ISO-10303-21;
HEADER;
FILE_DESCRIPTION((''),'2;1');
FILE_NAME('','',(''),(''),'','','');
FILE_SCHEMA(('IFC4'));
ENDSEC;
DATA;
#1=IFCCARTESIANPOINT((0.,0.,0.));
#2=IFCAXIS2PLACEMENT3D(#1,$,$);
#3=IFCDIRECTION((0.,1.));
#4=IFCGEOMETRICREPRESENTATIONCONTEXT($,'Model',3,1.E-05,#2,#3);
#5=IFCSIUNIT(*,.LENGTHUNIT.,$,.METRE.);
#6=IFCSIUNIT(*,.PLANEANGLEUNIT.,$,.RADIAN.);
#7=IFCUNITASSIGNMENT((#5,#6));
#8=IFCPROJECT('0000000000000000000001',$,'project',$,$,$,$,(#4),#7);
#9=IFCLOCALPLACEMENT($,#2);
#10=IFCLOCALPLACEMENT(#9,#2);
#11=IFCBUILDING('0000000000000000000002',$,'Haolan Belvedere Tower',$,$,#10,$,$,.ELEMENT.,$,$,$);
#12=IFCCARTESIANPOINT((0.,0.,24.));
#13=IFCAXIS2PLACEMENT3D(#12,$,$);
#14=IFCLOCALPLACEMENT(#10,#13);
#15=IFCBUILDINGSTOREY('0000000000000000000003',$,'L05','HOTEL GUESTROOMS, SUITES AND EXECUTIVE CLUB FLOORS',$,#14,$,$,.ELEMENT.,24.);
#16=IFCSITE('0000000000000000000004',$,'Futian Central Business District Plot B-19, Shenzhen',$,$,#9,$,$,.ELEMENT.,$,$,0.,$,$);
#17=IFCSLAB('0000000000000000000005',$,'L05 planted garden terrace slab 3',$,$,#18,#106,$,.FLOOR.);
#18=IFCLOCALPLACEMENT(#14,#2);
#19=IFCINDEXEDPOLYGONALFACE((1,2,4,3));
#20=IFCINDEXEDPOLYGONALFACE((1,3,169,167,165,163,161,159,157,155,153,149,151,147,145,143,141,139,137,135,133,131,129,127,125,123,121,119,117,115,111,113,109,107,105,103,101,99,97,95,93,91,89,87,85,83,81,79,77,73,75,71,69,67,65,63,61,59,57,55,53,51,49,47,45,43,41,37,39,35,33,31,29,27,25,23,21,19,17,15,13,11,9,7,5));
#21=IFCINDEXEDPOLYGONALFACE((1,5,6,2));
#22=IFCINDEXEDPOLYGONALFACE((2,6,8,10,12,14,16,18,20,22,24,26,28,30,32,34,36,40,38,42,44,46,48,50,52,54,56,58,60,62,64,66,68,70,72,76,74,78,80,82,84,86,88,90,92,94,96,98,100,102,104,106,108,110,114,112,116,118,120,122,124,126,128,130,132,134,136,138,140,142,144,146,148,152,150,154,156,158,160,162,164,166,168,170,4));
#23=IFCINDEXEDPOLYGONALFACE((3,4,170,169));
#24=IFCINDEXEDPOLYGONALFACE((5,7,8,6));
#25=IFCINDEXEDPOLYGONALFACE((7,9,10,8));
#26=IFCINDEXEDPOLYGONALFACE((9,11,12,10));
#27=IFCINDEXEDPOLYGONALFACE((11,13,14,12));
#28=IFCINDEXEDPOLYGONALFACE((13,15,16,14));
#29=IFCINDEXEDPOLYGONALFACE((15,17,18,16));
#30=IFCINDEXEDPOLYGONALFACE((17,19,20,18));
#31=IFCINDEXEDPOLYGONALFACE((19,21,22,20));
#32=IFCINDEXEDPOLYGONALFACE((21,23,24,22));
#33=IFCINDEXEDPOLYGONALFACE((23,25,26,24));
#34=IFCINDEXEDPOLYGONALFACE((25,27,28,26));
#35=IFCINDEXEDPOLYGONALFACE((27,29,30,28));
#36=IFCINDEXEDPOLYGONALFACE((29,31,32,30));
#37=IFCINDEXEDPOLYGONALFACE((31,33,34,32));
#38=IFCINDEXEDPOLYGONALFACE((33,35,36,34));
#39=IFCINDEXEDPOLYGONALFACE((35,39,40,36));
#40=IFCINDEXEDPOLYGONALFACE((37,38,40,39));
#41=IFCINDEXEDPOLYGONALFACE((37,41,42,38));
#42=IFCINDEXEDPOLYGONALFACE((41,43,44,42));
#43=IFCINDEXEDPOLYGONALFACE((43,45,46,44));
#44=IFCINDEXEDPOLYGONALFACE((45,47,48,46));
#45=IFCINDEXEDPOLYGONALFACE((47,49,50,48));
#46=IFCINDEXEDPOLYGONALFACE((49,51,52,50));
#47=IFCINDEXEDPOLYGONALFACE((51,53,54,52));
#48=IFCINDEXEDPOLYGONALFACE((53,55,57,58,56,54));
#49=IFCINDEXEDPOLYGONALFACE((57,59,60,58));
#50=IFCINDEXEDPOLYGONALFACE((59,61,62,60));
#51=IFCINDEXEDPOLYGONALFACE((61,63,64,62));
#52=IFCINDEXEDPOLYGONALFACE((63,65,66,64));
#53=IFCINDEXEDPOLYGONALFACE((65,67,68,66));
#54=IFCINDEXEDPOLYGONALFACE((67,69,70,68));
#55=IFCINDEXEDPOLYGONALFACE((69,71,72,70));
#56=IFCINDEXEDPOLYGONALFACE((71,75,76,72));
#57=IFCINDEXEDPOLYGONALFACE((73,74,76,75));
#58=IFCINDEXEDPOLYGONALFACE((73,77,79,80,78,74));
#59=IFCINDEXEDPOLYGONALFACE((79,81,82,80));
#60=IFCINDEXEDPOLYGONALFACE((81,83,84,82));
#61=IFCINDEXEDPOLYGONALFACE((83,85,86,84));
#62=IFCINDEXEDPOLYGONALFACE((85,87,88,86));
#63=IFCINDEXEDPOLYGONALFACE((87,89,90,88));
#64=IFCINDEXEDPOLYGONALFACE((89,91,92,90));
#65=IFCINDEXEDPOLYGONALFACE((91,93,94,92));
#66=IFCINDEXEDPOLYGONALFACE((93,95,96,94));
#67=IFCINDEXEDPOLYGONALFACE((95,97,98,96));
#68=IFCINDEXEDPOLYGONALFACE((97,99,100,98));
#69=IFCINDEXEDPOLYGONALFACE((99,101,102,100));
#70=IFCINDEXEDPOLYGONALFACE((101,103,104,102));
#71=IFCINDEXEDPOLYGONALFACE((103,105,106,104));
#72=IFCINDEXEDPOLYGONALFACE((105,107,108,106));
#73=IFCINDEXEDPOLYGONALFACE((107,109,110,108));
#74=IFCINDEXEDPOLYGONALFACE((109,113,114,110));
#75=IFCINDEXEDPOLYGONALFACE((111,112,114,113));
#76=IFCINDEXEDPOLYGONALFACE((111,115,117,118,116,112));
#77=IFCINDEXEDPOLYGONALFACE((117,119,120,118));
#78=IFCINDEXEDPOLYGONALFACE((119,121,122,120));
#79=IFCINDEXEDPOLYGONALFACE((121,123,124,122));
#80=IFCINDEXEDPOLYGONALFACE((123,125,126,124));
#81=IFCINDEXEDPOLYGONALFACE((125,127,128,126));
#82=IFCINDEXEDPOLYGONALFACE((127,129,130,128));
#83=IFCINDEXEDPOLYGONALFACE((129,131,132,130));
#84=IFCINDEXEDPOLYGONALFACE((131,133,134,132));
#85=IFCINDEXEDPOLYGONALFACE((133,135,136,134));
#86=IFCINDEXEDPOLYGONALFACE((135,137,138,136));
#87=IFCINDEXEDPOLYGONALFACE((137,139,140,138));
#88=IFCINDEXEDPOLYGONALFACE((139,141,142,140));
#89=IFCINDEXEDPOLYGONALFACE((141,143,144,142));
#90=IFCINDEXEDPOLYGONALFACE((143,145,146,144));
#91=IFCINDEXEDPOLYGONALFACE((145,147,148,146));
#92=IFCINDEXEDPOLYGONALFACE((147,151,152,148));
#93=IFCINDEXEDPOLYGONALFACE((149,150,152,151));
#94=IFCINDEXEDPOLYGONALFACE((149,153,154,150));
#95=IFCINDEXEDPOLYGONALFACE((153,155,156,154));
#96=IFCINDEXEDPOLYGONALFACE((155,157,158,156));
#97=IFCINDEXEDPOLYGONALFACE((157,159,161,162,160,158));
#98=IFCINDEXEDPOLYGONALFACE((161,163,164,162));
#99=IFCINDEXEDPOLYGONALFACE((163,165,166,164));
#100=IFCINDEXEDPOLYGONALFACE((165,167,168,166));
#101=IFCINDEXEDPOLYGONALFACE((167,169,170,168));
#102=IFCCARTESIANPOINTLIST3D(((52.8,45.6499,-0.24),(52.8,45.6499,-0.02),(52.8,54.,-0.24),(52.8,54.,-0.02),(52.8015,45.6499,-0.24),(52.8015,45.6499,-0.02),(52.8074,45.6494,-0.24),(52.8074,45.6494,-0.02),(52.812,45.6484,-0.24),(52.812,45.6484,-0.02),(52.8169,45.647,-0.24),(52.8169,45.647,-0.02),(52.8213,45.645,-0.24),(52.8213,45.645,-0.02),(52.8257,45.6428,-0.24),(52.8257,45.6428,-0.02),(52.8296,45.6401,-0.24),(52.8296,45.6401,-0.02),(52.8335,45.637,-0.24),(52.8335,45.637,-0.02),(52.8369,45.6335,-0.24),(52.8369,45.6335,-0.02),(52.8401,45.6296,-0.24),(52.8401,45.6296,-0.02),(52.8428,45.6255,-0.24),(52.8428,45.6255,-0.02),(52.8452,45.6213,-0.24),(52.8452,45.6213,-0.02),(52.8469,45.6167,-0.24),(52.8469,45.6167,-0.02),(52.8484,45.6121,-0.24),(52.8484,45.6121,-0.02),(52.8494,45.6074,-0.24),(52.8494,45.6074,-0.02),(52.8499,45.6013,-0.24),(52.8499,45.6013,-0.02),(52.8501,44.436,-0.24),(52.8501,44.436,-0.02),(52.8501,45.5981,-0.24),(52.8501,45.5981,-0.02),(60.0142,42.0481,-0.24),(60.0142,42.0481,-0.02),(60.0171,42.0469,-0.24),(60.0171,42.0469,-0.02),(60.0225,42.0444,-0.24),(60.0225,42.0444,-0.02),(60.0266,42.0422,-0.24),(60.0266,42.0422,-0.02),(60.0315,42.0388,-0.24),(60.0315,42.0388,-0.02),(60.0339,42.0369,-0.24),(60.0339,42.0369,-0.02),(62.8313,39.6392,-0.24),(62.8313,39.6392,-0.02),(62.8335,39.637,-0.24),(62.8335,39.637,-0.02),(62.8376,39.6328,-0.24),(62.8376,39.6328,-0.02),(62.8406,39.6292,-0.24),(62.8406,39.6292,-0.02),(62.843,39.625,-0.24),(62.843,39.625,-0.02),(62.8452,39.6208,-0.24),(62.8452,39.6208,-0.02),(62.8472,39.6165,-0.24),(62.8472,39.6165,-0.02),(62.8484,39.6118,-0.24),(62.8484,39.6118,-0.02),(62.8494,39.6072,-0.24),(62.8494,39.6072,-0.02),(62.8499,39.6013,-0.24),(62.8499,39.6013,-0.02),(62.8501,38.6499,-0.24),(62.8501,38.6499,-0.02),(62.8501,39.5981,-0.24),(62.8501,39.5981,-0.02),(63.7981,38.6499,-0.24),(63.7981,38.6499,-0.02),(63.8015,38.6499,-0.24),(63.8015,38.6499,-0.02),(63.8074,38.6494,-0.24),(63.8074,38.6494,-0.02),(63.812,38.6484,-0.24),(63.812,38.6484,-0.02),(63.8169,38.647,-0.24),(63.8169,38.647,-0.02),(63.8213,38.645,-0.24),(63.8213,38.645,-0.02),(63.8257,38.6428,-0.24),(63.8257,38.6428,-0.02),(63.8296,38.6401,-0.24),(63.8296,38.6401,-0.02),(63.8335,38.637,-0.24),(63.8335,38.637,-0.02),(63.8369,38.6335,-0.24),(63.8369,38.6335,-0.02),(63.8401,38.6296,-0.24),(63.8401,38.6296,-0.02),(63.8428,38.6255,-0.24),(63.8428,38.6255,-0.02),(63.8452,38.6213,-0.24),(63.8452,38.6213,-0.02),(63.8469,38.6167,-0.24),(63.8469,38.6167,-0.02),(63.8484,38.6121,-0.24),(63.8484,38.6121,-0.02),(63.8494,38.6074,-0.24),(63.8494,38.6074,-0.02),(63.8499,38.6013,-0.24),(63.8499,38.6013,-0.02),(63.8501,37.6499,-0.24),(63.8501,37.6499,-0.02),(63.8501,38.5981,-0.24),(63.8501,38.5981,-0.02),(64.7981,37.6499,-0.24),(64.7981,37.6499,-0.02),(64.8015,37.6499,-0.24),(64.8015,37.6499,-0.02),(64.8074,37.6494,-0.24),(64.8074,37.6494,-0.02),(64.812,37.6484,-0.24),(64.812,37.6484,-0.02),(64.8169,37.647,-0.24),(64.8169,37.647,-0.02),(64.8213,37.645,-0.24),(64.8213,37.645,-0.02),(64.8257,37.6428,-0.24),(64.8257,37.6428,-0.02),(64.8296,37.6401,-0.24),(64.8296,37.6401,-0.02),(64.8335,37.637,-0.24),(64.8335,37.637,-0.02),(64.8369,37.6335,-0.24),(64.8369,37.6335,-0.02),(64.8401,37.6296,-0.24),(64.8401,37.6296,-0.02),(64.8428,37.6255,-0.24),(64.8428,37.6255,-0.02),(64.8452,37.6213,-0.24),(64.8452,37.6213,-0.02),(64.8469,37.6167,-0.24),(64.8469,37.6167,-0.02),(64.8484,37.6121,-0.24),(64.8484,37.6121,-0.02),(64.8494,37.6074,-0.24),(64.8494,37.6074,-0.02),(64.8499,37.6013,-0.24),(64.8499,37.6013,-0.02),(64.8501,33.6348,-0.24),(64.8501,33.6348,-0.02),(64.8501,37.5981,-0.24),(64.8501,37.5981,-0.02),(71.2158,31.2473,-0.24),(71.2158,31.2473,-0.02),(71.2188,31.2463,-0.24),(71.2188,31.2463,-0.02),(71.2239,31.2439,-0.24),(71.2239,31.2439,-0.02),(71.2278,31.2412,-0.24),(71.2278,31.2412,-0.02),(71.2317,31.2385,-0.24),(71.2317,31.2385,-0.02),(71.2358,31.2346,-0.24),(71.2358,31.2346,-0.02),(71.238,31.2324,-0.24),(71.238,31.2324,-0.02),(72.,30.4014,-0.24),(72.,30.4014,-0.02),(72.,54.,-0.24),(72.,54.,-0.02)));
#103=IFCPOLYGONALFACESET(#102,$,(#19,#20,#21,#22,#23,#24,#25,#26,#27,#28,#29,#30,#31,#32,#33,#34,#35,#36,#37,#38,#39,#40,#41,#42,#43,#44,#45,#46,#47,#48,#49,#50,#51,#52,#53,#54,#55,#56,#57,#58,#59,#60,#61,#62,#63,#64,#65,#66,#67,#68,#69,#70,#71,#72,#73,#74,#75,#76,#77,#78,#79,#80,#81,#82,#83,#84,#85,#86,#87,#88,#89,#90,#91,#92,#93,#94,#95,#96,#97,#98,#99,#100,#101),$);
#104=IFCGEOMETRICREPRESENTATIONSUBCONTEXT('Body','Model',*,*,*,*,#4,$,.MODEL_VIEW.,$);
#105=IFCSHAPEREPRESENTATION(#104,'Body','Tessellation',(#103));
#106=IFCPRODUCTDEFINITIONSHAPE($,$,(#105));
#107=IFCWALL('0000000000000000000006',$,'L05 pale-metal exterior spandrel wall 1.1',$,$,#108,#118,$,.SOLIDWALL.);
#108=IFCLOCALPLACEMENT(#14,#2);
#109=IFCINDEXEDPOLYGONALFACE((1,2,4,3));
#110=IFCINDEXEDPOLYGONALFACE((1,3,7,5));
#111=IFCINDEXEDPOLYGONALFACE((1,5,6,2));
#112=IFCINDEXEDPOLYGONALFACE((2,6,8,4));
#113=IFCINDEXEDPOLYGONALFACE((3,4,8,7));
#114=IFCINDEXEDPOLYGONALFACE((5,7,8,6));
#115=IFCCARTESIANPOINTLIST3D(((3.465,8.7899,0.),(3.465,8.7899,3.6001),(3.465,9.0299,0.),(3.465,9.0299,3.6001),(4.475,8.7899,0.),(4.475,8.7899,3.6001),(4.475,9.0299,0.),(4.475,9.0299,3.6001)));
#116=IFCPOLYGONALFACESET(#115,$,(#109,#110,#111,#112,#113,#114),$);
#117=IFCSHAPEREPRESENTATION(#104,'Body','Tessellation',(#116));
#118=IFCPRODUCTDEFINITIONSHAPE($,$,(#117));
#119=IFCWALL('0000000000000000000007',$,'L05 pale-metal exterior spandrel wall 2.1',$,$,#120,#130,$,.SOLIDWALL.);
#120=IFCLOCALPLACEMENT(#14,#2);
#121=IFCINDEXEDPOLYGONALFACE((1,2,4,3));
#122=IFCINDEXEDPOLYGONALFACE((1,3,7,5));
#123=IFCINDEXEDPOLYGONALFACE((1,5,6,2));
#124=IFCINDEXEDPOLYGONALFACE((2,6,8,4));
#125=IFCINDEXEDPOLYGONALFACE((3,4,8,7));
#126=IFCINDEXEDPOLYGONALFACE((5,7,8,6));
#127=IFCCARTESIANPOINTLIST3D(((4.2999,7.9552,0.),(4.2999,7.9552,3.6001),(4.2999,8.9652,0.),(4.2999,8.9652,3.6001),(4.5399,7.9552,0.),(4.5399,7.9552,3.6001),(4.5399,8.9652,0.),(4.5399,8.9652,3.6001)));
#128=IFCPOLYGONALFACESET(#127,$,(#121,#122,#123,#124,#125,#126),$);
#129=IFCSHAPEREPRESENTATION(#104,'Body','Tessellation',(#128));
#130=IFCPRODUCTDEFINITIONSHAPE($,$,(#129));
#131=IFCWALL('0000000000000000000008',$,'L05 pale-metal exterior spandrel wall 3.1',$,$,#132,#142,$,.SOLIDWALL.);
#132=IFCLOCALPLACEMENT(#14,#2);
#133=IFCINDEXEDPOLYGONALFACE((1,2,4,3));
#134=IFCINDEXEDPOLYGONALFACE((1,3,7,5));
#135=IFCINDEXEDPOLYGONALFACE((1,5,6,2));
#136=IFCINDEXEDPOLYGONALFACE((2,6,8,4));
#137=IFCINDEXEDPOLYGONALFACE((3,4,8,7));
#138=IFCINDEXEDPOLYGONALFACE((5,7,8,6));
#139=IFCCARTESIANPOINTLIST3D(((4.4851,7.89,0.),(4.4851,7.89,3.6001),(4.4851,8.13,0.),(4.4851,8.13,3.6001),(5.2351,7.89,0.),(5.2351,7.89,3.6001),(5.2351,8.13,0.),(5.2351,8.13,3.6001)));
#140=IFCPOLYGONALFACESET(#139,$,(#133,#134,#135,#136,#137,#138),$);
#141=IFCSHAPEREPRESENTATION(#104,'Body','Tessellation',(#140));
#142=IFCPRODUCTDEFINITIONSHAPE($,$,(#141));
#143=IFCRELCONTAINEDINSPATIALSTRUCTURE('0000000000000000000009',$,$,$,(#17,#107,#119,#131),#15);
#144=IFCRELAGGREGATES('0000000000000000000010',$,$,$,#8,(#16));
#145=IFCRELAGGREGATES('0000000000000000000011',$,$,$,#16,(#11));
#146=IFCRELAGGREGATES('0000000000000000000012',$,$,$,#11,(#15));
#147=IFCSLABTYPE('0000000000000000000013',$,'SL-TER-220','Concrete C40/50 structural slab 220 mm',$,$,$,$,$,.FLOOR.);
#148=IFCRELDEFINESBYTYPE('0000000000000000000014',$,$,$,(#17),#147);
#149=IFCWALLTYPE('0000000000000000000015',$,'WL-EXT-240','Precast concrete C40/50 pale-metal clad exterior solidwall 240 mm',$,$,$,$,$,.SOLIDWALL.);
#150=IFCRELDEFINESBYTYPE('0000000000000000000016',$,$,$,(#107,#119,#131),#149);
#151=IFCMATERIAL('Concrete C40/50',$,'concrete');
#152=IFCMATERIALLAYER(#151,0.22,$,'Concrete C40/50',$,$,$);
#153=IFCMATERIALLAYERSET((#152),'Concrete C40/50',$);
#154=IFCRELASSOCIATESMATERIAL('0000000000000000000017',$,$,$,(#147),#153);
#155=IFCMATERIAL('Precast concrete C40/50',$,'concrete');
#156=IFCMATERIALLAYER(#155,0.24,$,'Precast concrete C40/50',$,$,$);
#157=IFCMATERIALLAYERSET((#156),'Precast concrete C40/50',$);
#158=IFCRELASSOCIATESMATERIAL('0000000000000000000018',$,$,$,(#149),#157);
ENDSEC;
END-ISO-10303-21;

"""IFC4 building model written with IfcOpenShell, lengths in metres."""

from ifc_helpers import new_model, si_unit, direction, frame, frame_2d, origin, place, context, subcontext, project, spatial, polyline, rectangle, outline, extrude, material, layer, layer_set, type_object, element, save


model = new_model("IFC4")

# Units and contexts
model_context = context("Model", 3, precision=1e-05, world=origin(), true_north=direction((0.0, 1.0)))
body_context = subcontext(model_context, "Body", "Model", "MODEL_VIEW")
ifc_project = project(units=[si_unit("LENGTHUNIT", "METRE"), si_unit("PLANEANGLEUNIT", "RADIAN")], contexts=[model_context])

# Site, building, storey
site_placement = place(None, origin())
site = spatial("IfcSite", under=ifc_project, at=site_placement, Name="Futian Central Business District Plot B-19, Shenzhen", CompositionType="ELEMENT", RefElevation=0.0)
building_placement = place(site_placement, origin())
building = spatial("IfcBuilding", under=site, at=building_placement, Name="Haolan Belvedere Tower", CompositionType="ELEMENT")
storey_placement = place(building_placement, frame((0.0, 0.0, 24.0)))
storey = spatial("IfcBuildingStorey", under=building, at=storey_placement, Name="L05", Description="HOTEL GUESTROOMS, SUITES AND EXECUTIVE CLUB FLOORS", CompositionType="ELEMENT", Elevation=24.0)

# Shared definitions
ifc_material_1 = material(Name="Concrete C40/50", Category="concrete")

# Slab
ifc_layer_1 = layer(ifc_material_1, 0.22, Name="Concrete C40/50")
ifc_layer_set_1 = layer_set([ifc_layer_1], Name="Concrete C40/50")
slab_type_1 = type_object("IfcSlabType", Name="SL-TER-220", Description="Concrete C40/50 structural slab 220 mm", PredefinedType="FLOOR", material=ifc_layer_set_1)
slab_1_placement = place(storey_placement, frame((0.0, 0.0, -0.24)))
element("IfcSlab", 1, at=slab_1_placement, inside=storey, type_object=slab_type_1, Name="L05 planted garden terrace slab 3", PredefinedType="FLOOR", context=body_context, shape_type="SweptSolid", body=[
    extrude(outline(polyline([(52.8, 54.0), (52.8, 45.6499), (52.8015, 45.6499), (52.8074, 45.6494), (52.812, 45.6484), (52.8169, 45.647), (52.8213, 45.645), (52.8257, 45.6428), (52.8296, 45.6401), (52.8335, 45.637), (52.8369, 45.6335), (52.8401, 45.6296), (52.8428, 45.6255), (52.8452, 45.6213), (52.8469, 45.6167), (52.8484, 45.6121), (52.8494, 45.6074), (52.8499, 45.6013), (52.8501, 45.5981), (52.8501, 44.436), (60.0142, 42.0481), (60.0171, 42.0469), (60.0225, 42.0444), (60.0266, 42.0422), (60.0315, 42.0388), (60.0339, 42.0369), (62.8313, 39.6392), (62.8335, 39.637), (62.8376, 39.6328), (62.8406, 39.6292), (62.843, 39.625), (62.8452, 39.6208), (62.8472, 39.6165), (62.8484, 39.6118), (62.8494, 39.6072), (62.8499, 39.6013), (62.8501, 39.5981), (62.8501, 38.6499), (63.7981, 38.6499), (63.8015, 38.6499), (63.8074, 38.6494), (63.812, 38.6484), (63.8169, 38.647), (63.8213, 38.645), (63.8257, 38.6428), (63.8296, 38.6401), (63.8335, 38.637), (63.8369, 38.6335), (63.8401, 38.6296), (63.8428, 38.6255), (63.8452, 38.6213), (63.8469, 38.6167), (63.8484, 38.6121), (63.8494, 38.6074), (63.8499, 38.6013), (63.8501, 38.5981), (63.8501, 37.6499), (64.7981, 37.6499), (64.8015, 37.6499), (64.8074, 37.6494), (64.812, 37.6484), (64.8169, 37.647), (64.8213, 37.645), (64.8257, 37.6428), (64.8296, 37.6401), (64.8335, 37.637), (64.8369, 37.6335), (64.8401, 37.6296), (64.8428, 37.6255), (64.8452, 37.6213), (64.8469, 37.6167), (64.8484, 37.6121), (64.8494, 37.6074), (64.8499, 37.6013), (64.8501, 37.5981), (64.8501, 33.6348), (71.2158, 31.2473), (71.2188, 31.2463), (71.2239, 31.2439), (71.2278, 31.2412), (71.2317, 31.2385), (71.2358, 31.2346), (71.238, 31.2324), (72.0, 30.4014), (72.0, 54.0), (52.8, 54.0)])), origin(), (0.0, 0.0, 1.0), 0.22),
])

# Walls
ifc_material_2 = material(Name="Precast concrete C40/50", Category="concrete")
ifc_layer_2 = layer(ifc_material_2, 0.24, Name="Precast concrete C40/50")
ifc_layer_set_2 = layer_set([ifc_layer_2], Name="Precast concrete C40/50")
wall_type_1 = type_object("IfcWallType", Name="WL-EXT-240", Description="Precast concrete C40/50 pale-metal clad exterior solidwall 240 mm", PredefinedType="SOLIDWALL", material=ifc_layer_set_2)
for number, where, z_axis, x_axis, name in (
    (2, (3.4651, 8.9099, 0.0), (0.0, 0.0, 1.0), (1.0, 0.0, 0.0), "L05 pale-metal exterior spandrel wall 1.1"),
    (3, (4.4199, 8.9651, 0.0), (0.0, 0.0, 1.0), (0.0, -1.0, 0.0), "L05 pale-metal exterior spandrel wall 2.1"),
):
    element("IfcWall", number, at=place(storey_placement, frame(where, z_axis=z_axis, x_axis=x_axis)), inside=storey, type_object=wall_type_1, Name=name, PredefinedType="SOLIDWALL", context=body_context, shape_type="SweptSolid", body=[
        extrude(rectangle(XDim=1.01, YDim=0.24, at=frame_2d((0.5049, 0.0))), origin(), (0.0, 0.0, 1.0), 3.6001),
    ])
wall_1_placement = place(storey_placement, frame((4.4851, 8.01, 0.0), z_axis=(0.0, 0.0, 1.0), x_axis=(1.0, 0.0, 0.0)))
element("IfcWall", 4, at=wall_1_placement, inside=storey, type_object=wall_type_1, Name="L05 pale-metal exterior spandrel wall 3.1", PredefinedType="SOLIDWALL", context=body_context, shape_type="SweptSolid", body=[
    extrude(rectangle(XDim=0.75, YDim=0.24, at=frame_2d((0.375, 0.0))), origin(), (0.0, 0.0, 1.0), 3.6001),
])

save(model, "model.ifc")
